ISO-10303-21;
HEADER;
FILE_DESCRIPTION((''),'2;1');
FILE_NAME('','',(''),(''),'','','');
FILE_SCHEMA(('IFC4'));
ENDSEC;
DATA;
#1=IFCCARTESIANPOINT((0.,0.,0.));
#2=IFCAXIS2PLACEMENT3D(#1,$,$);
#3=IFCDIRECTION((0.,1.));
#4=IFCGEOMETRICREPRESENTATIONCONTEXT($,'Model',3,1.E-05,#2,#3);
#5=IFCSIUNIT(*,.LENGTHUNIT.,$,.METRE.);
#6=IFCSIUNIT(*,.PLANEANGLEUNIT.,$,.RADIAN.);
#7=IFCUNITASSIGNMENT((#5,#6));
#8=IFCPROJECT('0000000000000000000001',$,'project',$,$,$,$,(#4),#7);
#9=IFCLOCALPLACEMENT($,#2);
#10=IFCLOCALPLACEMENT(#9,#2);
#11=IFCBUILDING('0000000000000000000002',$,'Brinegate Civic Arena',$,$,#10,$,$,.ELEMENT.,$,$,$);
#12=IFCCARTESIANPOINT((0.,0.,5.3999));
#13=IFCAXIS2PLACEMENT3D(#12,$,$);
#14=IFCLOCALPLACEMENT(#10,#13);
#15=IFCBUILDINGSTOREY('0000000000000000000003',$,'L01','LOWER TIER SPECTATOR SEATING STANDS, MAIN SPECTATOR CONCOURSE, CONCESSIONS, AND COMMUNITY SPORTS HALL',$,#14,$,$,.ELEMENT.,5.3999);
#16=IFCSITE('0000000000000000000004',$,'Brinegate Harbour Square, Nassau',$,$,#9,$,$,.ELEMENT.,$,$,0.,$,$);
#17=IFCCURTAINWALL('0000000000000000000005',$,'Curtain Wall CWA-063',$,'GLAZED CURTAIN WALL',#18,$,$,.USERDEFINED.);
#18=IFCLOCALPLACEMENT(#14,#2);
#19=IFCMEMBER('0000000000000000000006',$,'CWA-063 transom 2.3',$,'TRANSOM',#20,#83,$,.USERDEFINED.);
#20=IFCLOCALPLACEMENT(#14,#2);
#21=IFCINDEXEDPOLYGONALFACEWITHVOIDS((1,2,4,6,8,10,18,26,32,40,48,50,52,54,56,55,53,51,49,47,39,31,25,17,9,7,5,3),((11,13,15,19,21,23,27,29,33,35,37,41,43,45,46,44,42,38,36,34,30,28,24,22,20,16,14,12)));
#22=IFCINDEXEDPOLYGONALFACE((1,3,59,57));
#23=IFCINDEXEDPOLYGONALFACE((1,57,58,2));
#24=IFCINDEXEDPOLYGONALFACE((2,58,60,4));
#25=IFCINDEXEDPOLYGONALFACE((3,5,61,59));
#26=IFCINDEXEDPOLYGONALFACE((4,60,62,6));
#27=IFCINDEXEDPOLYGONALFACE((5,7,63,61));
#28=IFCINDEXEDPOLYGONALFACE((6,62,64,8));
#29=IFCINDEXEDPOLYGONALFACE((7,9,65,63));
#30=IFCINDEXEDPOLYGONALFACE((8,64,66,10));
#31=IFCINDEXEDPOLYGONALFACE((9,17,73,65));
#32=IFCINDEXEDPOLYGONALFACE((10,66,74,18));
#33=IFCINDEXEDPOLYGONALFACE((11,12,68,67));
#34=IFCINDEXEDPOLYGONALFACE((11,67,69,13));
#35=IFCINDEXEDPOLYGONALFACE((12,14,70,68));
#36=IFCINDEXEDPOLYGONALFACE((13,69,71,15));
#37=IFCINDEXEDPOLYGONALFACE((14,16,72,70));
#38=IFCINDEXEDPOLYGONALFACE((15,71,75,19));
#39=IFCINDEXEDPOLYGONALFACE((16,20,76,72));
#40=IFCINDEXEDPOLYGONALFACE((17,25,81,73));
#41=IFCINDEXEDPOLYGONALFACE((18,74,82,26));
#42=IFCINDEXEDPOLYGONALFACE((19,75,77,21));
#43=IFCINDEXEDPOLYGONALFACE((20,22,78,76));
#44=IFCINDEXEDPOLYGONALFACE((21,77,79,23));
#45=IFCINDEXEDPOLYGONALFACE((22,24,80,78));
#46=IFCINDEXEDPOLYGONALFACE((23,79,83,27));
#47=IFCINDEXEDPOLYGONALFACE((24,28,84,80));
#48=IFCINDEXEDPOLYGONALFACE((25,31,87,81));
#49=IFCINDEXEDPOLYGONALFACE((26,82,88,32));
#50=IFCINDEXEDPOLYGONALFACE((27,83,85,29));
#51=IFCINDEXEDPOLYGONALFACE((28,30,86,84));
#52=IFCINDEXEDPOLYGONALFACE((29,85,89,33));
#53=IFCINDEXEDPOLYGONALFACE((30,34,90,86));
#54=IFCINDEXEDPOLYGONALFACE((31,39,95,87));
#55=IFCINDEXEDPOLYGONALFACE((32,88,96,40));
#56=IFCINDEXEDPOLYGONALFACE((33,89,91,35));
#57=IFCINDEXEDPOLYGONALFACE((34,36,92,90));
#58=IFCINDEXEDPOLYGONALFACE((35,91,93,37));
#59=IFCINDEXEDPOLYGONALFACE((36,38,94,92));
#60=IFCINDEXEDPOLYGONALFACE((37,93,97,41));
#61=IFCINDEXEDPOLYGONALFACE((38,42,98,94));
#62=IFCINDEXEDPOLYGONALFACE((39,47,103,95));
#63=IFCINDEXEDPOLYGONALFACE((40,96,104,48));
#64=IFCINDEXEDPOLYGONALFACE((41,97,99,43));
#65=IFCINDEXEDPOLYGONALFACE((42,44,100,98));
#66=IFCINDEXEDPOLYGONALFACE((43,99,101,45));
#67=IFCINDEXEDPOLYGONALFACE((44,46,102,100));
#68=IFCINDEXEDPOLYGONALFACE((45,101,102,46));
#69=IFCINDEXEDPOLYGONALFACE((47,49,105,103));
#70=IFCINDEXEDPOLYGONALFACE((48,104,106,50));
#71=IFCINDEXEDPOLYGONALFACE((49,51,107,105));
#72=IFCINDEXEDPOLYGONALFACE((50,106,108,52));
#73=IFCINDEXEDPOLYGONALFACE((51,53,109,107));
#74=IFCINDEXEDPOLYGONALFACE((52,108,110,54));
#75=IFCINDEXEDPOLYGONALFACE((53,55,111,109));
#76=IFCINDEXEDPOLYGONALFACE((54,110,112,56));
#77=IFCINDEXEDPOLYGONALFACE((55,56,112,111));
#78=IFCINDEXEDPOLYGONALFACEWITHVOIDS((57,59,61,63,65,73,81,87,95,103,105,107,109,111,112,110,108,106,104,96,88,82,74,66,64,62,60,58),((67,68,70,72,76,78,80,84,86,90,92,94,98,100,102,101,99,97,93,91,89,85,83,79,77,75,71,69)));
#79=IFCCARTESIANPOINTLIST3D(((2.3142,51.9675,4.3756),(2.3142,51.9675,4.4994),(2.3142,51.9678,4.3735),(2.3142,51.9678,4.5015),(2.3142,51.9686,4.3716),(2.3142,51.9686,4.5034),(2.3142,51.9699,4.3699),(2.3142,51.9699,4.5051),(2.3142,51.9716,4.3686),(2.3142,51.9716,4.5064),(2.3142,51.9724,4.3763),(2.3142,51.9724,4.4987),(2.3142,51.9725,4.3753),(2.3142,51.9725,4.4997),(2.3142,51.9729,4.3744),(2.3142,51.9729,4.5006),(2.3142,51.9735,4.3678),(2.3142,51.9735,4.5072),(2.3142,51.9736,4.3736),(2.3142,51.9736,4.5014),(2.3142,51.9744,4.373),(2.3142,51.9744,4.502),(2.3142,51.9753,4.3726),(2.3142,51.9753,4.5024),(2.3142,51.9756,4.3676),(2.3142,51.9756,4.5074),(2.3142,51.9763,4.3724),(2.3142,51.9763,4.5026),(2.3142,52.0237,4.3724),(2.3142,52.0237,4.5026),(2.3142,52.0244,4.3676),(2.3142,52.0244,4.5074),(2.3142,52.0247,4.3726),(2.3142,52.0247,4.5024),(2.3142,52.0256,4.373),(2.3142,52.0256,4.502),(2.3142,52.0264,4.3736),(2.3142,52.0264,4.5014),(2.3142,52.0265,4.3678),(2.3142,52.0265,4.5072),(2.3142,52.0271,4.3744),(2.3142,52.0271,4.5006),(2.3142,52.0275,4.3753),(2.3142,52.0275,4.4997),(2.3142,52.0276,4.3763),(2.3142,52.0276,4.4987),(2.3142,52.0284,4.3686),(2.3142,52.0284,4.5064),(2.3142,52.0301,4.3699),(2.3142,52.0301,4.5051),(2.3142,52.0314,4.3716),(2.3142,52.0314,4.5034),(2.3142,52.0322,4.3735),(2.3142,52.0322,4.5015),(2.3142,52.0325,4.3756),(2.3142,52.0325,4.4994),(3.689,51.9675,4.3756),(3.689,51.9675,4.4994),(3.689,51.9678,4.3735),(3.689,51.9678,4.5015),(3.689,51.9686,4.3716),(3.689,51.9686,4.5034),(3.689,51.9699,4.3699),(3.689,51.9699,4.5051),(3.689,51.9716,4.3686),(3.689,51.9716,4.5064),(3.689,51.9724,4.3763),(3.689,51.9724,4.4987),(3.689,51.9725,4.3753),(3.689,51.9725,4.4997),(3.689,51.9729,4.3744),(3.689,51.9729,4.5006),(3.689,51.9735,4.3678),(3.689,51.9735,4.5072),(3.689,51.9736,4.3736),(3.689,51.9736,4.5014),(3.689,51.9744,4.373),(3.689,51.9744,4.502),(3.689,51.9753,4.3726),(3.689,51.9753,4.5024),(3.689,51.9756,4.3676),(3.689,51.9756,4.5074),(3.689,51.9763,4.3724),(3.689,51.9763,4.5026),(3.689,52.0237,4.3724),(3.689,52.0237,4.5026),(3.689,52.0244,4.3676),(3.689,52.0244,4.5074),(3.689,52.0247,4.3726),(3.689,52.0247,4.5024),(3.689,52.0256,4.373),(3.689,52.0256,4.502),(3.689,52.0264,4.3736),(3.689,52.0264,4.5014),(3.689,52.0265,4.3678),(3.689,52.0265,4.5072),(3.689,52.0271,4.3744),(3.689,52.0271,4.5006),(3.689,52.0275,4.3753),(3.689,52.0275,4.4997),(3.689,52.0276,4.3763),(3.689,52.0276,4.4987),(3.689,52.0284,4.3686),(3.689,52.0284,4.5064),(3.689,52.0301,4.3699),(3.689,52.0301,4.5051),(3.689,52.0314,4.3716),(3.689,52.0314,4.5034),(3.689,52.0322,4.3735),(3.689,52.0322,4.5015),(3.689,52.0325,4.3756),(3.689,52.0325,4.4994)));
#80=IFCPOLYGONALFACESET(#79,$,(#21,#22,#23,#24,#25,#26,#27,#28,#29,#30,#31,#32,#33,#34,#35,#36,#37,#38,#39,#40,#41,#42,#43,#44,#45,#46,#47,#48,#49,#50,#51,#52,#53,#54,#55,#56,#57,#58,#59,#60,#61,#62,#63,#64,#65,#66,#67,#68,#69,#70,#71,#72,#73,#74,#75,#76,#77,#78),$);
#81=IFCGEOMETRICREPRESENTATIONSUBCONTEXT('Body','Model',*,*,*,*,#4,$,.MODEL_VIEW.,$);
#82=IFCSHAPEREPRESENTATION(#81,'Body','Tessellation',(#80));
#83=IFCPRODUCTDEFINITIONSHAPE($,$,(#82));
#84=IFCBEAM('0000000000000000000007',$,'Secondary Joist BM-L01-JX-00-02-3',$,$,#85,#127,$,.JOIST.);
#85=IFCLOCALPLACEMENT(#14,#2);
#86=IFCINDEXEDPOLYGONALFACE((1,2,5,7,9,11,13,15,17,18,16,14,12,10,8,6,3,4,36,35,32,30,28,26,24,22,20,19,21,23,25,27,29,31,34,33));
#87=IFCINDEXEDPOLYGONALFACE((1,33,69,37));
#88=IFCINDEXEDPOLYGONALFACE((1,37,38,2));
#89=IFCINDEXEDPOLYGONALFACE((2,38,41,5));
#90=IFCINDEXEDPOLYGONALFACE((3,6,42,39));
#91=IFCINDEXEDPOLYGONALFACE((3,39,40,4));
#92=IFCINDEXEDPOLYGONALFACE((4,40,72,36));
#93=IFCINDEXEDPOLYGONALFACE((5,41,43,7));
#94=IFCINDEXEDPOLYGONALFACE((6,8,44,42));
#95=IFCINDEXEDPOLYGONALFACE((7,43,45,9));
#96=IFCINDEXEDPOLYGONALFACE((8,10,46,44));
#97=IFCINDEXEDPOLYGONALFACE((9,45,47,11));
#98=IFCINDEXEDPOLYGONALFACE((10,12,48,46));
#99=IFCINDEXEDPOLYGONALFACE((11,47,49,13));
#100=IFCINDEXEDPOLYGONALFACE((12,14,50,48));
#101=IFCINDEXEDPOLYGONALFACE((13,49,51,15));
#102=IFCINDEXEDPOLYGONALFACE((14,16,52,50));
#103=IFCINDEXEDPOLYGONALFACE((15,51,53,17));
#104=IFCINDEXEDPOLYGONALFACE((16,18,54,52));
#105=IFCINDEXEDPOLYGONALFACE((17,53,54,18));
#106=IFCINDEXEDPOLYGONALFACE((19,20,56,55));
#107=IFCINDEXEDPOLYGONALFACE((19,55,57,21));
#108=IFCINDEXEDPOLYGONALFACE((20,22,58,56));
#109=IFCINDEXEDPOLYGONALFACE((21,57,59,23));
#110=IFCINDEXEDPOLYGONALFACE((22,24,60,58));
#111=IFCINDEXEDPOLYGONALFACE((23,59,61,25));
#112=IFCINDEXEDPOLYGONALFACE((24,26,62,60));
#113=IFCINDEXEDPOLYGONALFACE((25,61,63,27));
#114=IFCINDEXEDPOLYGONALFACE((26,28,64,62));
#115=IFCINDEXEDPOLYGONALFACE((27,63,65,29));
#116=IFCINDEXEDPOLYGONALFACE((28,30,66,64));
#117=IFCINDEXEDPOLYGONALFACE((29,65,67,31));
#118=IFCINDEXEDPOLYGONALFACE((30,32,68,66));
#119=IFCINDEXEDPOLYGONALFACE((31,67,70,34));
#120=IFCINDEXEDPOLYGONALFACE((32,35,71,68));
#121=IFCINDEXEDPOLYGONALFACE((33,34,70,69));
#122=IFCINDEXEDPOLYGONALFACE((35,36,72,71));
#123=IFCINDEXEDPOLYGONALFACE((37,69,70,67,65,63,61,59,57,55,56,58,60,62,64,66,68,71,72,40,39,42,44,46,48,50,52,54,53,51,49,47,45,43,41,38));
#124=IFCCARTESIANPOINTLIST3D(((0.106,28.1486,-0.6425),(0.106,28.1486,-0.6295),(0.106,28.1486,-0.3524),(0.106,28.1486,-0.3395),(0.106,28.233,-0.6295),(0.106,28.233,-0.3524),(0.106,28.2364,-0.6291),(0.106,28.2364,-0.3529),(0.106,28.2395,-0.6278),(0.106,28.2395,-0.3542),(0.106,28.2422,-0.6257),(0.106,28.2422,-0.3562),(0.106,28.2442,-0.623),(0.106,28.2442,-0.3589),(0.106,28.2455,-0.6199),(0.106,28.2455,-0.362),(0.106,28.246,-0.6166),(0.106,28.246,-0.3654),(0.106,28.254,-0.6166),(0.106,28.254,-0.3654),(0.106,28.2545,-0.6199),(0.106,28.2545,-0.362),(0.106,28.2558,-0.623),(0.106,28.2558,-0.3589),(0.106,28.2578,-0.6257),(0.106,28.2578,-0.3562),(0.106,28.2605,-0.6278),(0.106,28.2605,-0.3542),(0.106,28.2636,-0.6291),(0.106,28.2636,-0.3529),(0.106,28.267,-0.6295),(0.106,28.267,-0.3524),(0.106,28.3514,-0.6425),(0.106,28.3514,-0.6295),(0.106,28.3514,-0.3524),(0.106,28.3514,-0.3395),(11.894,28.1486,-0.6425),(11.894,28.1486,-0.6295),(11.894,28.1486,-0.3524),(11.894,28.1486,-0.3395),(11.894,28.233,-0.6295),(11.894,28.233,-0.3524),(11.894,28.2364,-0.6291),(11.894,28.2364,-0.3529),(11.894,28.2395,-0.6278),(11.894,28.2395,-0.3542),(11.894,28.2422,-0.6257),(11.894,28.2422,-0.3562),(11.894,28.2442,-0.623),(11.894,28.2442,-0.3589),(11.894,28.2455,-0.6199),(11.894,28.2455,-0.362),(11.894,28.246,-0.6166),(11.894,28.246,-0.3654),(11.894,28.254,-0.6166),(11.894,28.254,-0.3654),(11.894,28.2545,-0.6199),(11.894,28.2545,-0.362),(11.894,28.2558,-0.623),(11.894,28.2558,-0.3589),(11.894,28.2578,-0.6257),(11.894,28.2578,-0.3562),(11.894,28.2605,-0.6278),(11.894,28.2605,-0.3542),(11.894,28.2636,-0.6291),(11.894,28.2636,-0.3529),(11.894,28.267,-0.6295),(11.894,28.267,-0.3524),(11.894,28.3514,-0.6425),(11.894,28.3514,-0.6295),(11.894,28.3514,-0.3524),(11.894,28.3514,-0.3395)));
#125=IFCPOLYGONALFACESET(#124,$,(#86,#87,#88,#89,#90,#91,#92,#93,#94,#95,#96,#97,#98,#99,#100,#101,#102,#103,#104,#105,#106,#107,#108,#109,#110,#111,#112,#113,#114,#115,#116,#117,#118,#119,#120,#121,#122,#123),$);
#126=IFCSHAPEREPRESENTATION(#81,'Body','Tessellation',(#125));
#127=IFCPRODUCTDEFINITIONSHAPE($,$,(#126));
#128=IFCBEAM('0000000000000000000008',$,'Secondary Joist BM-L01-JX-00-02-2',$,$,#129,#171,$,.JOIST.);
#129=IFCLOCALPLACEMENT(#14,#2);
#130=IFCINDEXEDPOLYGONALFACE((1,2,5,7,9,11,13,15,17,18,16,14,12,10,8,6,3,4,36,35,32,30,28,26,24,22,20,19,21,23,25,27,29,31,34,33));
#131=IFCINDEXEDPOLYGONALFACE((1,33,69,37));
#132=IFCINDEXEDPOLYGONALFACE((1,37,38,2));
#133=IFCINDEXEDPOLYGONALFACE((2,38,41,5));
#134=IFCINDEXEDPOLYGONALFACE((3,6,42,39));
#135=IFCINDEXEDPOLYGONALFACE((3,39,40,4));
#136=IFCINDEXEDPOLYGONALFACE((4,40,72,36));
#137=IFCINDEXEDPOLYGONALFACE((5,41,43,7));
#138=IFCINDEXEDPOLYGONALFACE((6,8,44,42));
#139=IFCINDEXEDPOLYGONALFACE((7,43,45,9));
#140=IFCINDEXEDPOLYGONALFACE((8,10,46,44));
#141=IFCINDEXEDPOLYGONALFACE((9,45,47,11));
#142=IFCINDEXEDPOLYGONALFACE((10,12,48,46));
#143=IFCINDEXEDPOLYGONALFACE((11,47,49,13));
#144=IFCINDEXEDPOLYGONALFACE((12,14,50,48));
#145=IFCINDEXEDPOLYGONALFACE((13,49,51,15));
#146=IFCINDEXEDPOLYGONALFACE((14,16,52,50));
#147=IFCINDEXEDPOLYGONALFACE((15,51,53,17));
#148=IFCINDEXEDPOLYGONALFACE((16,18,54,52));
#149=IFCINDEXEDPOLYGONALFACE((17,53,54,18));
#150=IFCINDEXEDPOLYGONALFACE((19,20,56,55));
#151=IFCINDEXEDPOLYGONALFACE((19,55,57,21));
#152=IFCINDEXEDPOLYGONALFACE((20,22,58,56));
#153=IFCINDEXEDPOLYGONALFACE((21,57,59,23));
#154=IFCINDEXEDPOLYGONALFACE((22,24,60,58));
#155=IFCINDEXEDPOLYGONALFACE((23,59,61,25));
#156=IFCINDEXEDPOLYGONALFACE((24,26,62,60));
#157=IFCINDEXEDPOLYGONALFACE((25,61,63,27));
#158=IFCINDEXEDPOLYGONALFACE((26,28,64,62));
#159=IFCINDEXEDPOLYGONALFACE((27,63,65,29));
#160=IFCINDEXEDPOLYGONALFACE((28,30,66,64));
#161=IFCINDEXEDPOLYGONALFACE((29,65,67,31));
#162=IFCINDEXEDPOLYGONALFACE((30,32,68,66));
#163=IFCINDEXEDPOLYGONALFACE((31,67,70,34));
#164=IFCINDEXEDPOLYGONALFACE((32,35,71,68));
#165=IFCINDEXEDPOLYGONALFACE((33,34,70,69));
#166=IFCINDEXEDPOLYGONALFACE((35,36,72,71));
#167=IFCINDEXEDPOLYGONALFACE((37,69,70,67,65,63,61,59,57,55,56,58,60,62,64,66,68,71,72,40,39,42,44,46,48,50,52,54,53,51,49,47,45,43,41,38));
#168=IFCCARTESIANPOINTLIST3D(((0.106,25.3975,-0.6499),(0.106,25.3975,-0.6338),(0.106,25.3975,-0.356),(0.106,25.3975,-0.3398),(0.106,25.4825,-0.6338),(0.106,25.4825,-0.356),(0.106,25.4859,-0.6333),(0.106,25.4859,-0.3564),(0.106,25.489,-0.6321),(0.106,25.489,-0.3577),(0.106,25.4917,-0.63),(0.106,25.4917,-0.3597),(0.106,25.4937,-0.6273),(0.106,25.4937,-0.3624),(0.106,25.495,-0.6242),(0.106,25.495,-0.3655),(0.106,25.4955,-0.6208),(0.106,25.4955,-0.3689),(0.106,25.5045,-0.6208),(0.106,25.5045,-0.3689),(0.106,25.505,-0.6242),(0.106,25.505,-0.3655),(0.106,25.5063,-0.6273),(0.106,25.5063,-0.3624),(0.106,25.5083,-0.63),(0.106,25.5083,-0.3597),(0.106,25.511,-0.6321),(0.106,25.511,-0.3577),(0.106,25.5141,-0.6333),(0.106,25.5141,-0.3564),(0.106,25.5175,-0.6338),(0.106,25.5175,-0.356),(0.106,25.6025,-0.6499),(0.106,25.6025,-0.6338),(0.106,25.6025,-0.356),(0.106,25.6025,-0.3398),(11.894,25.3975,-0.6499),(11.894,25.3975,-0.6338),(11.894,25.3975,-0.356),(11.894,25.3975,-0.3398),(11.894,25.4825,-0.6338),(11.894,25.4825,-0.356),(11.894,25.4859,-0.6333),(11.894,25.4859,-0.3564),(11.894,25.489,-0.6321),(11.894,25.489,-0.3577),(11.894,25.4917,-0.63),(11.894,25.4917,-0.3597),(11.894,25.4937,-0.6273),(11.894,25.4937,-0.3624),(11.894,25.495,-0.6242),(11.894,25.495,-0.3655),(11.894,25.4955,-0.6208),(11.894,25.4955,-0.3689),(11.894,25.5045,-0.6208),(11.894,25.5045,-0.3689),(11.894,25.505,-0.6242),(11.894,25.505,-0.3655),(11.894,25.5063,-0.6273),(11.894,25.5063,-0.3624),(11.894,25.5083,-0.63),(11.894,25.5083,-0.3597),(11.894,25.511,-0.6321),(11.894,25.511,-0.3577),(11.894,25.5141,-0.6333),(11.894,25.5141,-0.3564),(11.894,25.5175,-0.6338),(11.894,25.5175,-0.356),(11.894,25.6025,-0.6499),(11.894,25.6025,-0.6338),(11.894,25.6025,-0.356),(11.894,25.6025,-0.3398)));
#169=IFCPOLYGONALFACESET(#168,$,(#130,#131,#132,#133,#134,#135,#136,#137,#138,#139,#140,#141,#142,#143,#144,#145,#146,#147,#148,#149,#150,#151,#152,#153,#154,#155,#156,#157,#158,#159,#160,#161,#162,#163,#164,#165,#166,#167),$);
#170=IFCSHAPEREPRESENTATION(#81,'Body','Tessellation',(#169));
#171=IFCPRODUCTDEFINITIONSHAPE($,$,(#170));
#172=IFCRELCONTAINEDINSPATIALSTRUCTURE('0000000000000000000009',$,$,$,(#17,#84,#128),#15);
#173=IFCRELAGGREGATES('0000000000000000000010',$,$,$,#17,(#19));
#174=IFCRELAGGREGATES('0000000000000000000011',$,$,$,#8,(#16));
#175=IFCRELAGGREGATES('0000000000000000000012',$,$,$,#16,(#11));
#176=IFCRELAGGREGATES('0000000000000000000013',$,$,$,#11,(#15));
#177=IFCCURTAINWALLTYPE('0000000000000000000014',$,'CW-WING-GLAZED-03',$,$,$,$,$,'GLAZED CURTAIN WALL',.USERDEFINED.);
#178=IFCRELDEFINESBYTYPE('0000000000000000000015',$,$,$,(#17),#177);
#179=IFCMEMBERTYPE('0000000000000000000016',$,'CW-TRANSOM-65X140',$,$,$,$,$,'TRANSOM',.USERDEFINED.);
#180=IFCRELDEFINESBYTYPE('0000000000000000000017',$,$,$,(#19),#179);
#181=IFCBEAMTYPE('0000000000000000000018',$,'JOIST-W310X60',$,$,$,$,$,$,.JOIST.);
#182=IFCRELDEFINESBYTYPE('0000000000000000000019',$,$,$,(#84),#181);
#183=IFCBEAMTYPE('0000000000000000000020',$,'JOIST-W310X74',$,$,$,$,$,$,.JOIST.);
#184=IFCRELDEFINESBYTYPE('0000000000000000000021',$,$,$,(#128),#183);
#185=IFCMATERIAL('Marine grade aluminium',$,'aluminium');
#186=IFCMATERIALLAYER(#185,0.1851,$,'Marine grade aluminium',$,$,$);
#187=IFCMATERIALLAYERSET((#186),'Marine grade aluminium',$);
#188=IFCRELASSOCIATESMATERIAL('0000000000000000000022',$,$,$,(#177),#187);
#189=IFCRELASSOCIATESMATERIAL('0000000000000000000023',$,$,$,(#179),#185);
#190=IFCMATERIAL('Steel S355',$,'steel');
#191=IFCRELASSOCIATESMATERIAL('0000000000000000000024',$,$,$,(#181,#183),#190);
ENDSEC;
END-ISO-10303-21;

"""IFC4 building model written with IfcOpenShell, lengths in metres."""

from ifc_helpers import new_model, si_unit, direction, frame, origin, origin_2d, place, context, subcontext, project, spatial, hollow_rectangle, i_section, extrude, material, layer, layer_set, material_profile, profile_set, type_object, element, aggregate, save


model = new_model("IFC4")

# Units and contexts
model_context = context("Model", 3, precision=1e-05, world=origin(), true_north=direction((0.0, 1.0)))
body_context = subcontext(model_context, "Body", "Model", "MODEL_VIEW")
ifc_project = project(units=[si_unit("LENGTHUNIT", "METRE"), si_unit("PLANEANGLEUNIT", "RADIAN")], contexts=[model_context])

# Site, building, storey
site_placement = place(None, origin())
site = spatial("IfcSite", under=ifc_project, at=site_placement, Name="Brinegate Harbour Square, Nassau", CompositionType="ELEMENT", RefElevation=0.0)
building_placement = place(site_placement, origin())
building = spatial("IfcBuilding", under=site, at=building_placement, Name="Brinegate Civic Arena", CompositionType="ELEMENT")
storey_placement = place(building_placement, frame((0.0, 0.0, 5.3999)))
storey = spatial("IfcBuildingStorey", under=building, at=storey_placement, Name="L01", Description="LOWER TIER SPECTATOR SEATING STANDS, MAIN SPECTATOR CONCOURSE, CONCESSIONS, AND COMMUNITY SPORTS HALL", CompositionType="ELEMENT", Elevation=5.3999)

# Curtain wall, member
ifc_material_1 = material(Name="Marine grade aluminium", Category="aluminium")
ifc_layer_1 = layer(ifc_material_1, 0.1851, Name="Marine grade aluminium")
ifc_layer_set_1 = layer_set([ifc_layer_1], Name="Marine grade aluminium")
curtain_wall_type = type_object("IfcCurtainWallType", Name="CW-WING-GLAZED-03", ElementType="GLAZED CURTAIN WALL", PredefinedType="USERDEFINED", material=ifc_layer_set_1)
curtain_wall_placement = place(storey_placement, origin())
curtain_wall = element("IfcCurtainWall", 1, at=curtain_wall_placement, inside=storey, type_object=curtain_wall_type, Name="Curtain Wall CWA-063", ObjectType="GLAZED CURTAIN WALL", PredefinedType="USERDEFINED")
ifc_material_profile_1 = material_profile(ifc_material_1, hollow_rectangle(XDim=0.0649, YDim=0.1399, WallThickness=0.0049, InnerFilletRadius=0.0039, OuterFilletRadius=0.0081, at=origin_2d()), Name="TRN65X140")
ifc_profile_set_1 = profile_set([ifc_material_profile_1], Name="Marine grade aluminium")
member_type_1 = type_object("IfcMemberType", Name="CW-TRANSOM-65X140", ElementType="TRANSOM", PredefinedType="USERDEFINED", material=ifc_profile_set_1)
member_1_placement = place(storey_placement, frame((2.3142, 52.0, 4.4375), z_axis=(1.0, 0.0, 0.0), x_axis=(0.0, 1.0, 0.0)))
member_1 = element("IfcMember", 2, at=member_1_placement, type_object=member_type_1, Name="CWA-063 transom 2.3", ObjectType="TRANSOM", PredefinedType="USERDEFINED", context=body_context, shape_type="SweptSolid", body=[
    extrude(hollow_rectangle(XDim=0.0649, YDim=0.1399, WallThickness=0.0049, InnerFilletRadius=0.0039, OuterFilletRadius=0.0081, at=origin_2d()), origin(), (0.0, 0.0, 1.0), 1.3748),
])

# Beams
ifc_material_2 = material(Name="Steel S355", Category="steel")
ifc_material_profile_2 = material_profile(ifc_material_2, i_section(OverallWidth=0.2029, OverallDepth=0.303, WebThickness=0.0081, FlangeThickness=0.0129, FilletRadius=0.0129, at=origin_2d()), Name="W310X60")
ifc_profile_set_2 = profile_set([ifc_material_profile_2], Name="Steel S355")
beam_type_1 = type_object("IfcBeamType", Name="JOIST-W310X60", PredefinedType="JOIST", material=ifc_profile_set_2)
beam_1_placement = place(storey_placement, frame((0.106, 28.25, -0.491), z_axis=(1.0, 0.0, 0.0), x_axis=(0.0, 1.0, 0.0)))
element("IfcBeam", 3, at=beam_1_placement, inside=storey, type_object=beam_type_1, Name="Secondary Joist BM-L01-JX-00-02-3", PredefinedType="JOIST", context=body_context, shape_type="SweptSolid", body=[
    extrude(i_section(OverallWidth=0.2029, OverallDepth=0.303, WebThickness=0.0081, FlangeThickness=0.0129, FilletRadius=0.0129, at=origin_2d()), origin(), (0.0, 0.0, 1.0), 11.7881),
])
ifc_material_profile_3 = material_profile(ifc_material_2, i_section(OverallWidth=0.2051, OverallDepth=0.3101, WebThickness=0.009, FlangeThickness=0.0161, FilletRadius=0.0129, at=origin_2d()), Name="W310X74")
ifc_profile_set_3 = profile_set([ifc_material_profile_3], Name="Steel S355")
beam_type_2 = type_object("IfcBeamType", Name="JOIST-W310X74", PredefinedType="JOIST", material=ifc_profile_set_3)
beam_2_placement = place(storey_placement, frame((0.106, 25.5, -0.4949), z_axis=(1.0, 0.0, 0.0), x_axis=(0.0, 1.0, 0.0)))
element("IfcBeam", 4, at=beam_2_placement, inside=storey, type_object=beam_type_2, Name="Secondary Joist BM-L01-JX-00-02-2", PredefinedType="JOIST", context=body_context, shape_type="SweptSolid", body=[
    extrude(i_section(OverallWidth=0.2051, OverallDepth=0.3101, WebThickness=0.009, FlangeThickness=0.0161, FilletRadius=0.0129, at=origin_2d()), origin(), (0.0, 0.0, 1.0), 11.7881),
])

aggregate(curtain_wall, [member_1])

save(model, "model.ifc")
